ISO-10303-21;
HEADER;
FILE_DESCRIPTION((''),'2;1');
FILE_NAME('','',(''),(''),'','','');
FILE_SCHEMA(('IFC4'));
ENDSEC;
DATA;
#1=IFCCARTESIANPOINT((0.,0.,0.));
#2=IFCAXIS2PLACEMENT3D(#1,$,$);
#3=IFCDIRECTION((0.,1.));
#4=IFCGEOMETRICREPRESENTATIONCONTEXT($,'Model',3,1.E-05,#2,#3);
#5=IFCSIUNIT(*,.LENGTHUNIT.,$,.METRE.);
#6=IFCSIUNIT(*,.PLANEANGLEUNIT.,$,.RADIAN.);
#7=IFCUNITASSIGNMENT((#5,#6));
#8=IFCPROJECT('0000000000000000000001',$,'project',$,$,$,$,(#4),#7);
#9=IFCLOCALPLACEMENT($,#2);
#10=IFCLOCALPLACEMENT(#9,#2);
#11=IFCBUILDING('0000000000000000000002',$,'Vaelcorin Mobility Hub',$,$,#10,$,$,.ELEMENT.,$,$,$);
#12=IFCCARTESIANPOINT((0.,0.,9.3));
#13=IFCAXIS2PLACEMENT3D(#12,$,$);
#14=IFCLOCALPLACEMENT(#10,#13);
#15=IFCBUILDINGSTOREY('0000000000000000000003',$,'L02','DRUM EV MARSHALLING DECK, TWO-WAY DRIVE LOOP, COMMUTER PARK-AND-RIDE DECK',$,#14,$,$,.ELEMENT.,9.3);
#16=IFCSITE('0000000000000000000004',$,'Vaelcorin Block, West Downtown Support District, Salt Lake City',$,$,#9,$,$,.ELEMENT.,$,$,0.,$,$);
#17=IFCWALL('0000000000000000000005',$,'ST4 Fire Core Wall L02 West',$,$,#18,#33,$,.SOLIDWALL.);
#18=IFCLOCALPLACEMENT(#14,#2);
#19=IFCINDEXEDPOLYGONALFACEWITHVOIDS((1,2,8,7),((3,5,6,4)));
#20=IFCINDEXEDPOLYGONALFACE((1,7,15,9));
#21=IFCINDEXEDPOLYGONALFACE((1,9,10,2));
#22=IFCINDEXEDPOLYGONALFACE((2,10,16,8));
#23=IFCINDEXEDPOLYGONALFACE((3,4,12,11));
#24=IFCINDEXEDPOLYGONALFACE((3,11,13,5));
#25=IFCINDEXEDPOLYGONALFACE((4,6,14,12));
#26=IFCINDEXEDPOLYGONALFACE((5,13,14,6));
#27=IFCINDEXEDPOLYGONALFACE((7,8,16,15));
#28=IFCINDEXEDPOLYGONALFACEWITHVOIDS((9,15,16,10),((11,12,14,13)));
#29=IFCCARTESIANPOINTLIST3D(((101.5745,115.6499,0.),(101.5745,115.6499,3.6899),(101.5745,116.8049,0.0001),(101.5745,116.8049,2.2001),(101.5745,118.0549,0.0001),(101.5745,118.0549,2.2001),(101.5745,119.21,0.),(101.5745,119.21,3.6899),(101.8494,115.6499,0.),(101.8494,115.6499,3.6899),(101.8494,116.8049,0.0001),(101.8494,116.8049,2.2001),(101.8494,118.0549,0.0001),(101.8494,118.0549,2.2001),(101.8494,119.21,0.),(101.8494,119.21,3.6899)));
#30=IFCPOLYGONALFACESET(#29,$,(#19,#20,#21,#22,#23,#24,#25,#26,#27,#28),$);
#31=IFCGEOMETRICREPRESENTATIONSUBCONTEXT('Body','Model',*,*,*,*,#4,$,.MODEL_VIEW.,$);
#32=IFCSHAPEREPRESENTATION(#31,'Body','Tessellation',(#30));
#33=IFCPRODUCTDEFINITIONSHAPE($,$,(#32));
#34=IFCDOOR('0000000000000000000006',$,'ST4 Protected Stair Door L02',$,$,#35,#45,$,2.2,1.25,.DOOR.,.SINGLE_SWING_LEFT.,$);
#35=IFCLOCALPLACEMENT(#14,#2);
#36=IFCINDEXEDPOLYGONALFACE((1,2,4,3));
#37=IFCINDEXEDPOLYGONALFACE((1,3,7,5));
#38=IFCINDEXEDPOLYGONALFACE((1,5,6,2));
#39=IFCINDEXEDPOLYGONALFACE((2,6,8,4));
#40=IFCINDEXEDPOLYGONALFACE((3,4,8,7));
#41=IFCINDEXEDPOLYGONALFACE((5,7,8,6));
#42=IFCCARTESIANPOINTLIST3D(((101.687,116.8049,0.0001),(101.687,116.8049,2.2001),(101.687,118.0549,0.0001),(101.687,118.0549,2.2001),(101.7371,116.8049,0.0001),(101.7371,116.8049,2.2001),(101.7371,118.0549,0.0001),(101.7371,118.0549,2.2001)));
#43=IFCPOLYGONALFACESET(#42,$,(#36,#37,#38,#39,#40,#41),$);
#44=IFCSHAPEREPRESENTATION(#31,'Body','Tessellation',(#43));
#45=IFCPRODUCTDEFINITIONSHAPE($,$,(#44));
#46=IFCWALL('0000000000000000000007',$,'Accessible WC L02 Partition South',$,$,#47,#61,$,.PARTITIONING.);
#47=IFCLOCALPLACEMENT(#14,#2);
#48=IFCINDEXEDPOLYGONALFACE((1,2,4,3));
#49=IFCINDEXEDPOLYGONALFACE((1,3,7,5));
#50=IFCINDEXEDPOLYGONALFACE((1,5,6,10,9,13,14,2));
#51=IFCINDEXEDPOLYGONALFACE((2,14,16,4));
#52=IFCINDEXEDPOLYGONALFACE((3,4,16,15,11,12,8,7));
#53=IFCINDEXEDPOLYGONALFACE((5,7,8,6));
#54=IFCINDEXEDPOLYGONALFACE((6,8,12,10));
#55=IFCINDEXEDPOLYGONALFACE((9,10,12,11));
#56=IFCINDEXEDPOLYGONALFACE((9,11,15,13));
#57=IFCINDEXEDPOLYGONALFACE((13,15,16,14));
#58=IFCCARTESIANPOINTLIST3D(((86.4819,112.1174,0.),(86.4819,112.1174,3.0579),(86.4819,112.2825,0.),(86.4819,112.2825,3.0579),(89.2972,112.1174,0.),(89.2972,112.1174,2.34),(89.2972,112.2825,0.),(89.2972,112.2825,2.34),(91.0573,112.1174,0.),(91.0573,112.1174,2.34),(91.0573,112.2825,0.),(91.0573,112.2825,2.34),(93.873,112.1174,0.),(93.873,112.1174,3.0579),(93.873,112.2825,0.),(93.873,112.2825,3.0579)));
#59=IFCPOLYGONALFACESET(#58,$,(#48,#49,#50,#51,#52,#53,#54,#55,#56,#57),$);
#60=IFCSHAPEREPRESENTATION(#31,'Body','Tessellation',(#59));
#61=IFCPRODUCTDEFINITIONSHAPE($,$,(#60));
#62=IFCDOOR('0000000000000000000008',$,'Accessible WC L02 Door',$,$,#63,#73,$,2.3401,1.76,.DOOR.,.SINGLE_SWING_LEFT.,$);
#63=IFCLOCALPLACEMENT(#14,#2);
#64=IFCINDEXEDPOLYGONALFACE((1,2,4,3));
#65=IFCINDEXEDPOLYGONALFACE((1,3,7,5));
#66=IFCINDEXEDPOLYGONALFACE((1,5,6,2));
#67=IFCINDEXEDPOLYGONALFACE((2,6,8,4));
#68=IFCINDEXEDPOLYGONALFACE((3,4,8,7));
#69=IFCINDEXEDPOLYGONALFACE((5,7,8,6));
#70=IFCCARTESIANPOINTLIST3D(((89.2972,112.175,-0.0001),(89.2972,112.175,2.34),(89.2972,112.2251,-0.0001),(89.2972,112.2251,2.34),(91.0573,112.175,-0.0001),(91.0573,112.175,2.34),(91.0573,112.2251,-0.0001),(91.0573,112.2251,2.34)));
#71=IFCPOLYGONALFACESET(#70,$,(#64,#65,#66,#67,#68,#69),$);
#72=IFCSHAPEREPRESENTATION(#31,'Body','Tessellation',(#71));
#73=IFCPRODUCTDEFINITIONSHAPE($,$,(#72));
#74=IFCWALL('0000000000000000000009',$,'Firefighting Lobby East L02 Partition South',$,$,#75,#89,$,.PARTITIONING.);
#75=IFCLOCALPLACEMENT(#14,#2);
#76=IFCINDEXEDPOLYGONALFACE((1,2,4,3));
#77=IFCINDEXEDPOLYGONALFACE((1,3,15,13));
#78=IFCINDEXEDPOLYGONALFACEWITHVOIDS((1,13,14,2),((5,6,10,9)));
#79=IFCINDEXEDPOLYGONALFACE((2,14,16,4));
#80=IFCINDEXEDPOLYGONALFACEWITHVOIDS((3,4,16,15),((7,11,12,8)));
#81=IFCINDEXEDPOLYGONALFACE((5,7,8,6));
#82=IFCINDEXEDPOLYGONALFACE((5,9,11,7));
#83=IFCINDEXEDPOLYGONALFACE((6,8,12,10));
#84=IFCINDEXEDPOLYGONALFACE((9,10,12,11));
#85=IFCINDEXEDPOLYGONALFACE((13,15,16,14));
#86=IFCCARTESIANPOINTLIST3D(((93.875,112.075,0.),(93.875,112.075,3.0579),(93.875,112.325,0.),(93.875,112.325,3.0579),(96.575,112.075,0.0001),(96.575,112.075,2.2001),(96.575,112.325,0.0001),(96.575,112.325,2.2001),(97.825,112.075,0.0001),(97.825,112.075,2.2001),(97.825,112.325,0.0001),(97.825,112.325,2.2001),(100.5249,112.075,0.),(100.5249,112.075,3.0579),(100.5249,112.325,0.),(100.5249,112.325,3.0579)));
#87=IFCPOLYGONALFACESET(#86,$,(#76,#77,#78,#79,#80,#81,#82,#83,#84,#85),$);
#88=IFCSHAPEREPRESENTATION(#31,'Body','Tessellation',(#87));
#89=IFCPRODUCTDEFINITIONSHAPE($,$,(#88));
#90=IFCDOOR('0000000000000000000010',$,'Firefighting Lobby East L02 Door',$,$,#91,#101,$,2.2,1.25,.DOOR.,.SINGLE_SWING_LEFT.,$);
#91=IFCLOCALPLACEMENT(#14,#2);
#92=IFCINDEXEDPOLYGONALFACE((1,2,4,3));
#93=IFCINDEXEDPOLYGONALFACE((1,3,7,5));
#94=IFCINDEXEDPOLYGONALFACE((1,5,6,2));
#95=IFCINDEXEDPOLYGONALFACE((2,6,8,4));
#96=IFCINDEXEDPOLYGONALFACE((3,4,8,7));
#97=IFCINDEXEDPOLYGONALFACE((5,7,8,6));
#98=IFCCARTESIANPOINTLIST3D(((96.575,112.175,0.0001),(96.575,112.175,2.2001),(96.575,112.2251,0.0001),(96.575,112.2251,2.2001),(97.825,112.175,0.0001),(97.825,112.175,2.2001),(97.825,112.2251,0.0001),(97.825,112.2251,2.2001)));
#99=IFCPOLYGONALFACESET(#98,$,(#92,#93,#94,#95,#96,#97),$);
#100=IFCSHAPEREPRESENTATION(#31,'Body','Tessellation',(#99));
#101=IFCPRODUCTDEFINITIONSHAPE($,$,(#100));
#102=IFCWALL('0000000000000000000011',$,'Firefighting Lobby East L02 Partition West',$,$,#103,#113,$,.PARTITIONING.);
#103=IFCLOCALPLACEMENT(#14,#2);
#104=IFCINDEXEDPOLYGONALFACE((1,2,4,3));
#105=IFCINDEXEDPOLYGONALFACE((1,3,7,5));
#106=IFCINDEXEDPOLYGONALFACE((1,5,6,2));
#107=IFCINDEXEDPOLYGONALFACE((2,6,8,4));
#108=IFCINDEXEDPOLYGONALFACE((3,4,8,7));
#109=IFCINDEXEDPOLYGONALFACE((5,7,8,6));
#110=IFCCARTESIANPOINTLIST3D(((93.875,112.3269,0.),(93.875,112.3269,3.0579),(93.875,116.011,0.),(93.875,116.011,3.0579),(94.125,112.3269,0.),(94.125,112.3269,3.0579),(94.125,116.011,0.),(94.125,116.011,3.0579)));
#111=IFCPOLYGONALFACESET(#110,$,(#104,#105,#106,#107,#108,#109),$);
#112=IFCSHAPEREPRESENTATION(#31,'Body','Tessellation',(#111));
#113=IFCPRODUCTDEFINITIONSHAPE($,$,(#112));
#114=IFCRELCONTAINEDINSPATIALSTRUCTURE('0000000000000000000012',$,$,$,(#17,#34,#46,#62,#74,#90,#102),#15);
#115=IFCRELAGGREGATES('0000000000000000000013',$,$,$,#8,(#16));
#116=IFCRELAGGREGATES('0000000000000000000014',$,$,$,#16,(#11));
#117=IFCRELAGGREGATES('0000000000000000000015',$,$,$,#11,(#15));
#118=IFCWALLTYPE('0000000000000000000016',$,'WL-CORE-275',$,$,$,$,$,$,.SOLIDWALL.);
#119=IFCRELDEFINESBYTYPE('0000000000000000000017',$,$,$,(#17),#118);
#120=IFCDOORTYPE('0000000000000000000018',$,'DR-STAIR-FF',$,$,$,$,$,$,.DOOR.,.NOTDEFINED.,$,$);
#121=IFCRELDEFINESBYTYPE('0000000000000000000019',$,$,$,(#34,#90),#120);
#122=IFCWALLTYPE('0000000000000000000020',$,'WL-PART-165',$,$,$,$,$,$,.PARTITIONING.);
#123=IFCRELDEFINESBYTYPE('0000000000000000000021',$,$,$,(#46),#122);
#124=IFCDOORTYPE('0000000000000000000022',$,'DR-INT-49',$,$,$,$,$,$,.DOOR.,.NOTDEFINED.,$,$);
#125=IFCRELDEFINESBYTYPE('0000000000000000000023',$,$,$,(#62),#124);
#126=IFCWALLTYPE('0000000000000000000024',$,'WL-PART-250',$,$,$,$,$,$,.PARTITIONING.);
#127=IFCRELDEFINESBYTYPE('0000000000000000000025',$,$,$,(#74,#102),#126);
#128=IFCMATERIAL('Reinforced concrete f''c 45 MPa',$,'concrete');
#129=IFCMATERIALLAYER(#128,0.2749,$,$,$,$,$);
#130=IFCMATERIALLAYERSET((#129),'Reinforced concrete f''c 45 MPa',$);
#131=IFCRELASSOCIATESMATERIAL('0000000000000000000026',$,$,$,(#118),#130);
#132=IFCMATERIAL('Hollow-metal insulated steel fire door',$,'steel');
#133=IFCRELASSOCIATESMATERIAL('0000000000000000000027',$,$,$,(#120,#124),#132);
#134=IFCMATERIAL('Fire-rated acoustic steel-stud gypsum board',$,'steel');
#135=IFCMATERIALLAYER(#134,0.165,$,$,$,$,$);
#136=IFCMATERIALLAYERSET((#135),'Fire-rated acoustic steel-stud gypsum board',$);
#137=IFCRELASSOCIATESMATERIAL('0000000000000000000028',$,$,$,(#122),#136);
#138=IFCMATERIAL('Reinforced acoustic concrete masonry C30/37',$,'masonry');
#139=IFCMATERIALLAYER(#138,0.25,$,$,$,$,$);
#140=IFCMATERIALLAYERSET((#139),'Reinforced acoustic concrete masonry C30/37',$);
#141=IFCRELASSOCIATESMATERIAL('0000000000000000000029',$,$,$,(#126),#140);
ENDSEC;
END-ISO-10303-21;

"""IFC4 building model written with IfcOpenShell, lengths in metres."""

from ifc_helpers import new_model, si_unit, direction, frame, frame_2d, origin, place, context, subcontext, project, spatial, rectangle, extrude, material, layer, layer_set, type_object, element, fill, save


model = new_model("IFC4")

# Units and contexts
model_context = context("Model", 3, precision=1e-05, world=origin(), true_north=direction((0.0, 1.0)))
body_context = subcontext(model_context, "Body", "Model", "MODEL_VIEW")
ifc_project = project(units=[si_unit("LENGTHUNIT", "METRE"), si_unit("PLANEANGLEUNIT", "RADIAN")], contexts=[model_context])

# Site, building, storey
site_placement = place(None, origin())
site = spatial("IfcSite", under=ifc_project, at=site_placement, Name="Vaelcorin Block, West Downtown Support District, Salt Lake City", CompositionType="ELEMENT", RefElevation=0.0)
building_placement = place(site_placement, origin())
building = spatial("IfcBuilding", under=site, at=building_placement, Name="Vaelcorin Mobility Hub", CompositionType="ELEMENT")
storey_placement = place(building_placement, frame((0.0, 0.0, 9.3)))
storey = spatial("IfcBuildingStorey", under=building, at=storey_placement, Name="L02", Description="DRUM EV MARSHALLING DECK, TWO-WAY DRIVE LOOP, COMMUTER PARK-AND-RIDE DECK", CompositionType="ELEMENT", Elevation=9.3)

# Walls, openings, doors
ifc_material_1 = material(Name="Reinforced concrete f'c 45 MPa", Category="concrete")
ifc_layer_1 = layer(ifc_material_1, 0.2749)
ifc_layer_set_1 = layer_set([ifc_layer_1], Name="Reinforced concrete f'c 45 MPa")
wall_type_1 = type_object("IfcWallType", Name="WL-CORE-275", PredefinedType="SOLIDWALL", material=ifc_layer_set_1)
wall_1_placement = place(storey_placement, frame((101.7119, 115.6499, 0.0), z_axis=(0.0, 0.0, 1.0), x_axis=(0.0, 1.0, 0.0)))
wall_1 = element("IfcWall", 1, at=wall_1_placement, inside=storey, type_object=wall_type_1, Name="ST4 Fire Core Wall L02 West", PredefinedType="SOLIDWALL", context=body_context, shape_type="SweptSolid", body=[
    extrude(rectangle(XDim=3.5601, YDim=0.2749, at=frame_2d((1.78, 0.0))), origin(), (0.0, 0.0, 1.0), 3.6899),
])
opening_1_placement = place(wall_1_placement, frame((1.155, 0.0, 0.0)))
opening_1 = element("IfcOpeningElement", 2, at=opening_1_placement, cuts=wall_1, PredefinedType="OPENING", context=body_context, shape_type="SweptSolid", body=[
    extrude(rectangle(XDim=1.25, YDim=2.2, at=frame_2d((0.625, 1.1001))), frame((0.0, 0.1475, 0.0), z_axis=(0.0, -1.0, 0.0), x_axis=(1.0, 0.0, 0.0)), (0.0, 0.0, 1.0), 0.2949),
])
ifc_material_2 = material(Name="Hollow-metal insulated steel fire door", Category="steel")
door_type_1 = type_object("IfcDoorType", Name="DR-STAIR-FF", OperationType="NOTDEFINED", PredefinedType="DOOR", material=ifc_material_2)
door_1_placement = place(opening_1_placement, origin())
door_1 = element("IfcDoor", 3, at=door_1_placement, inside=storey, type_object=door_type_1, Name="ST4 Protected Stair Door L02", OperationType="SINGLE_SWING_LEFT", OverallHeight=2.2, OverallWidth=1.25, PredefinedType="DOOR", context=body_context, shape_type="SweptSolid", body=[
    extrude(rectangle(XDim=1.25, YDim=2.2, at=frame_2d((0.625, 1.1001))), frame((0.0, 0.0249, 0.0), z_axis=(0.0, -1.0, 0.0), x_axis=(1.0, 0.0, 0.0)), (0.0, 0.0, 1.0), 0.05),
])
fill(opening_1, door_1)
ifc_material_3 = material(Name="Fire-rated acoustic steel-stud gypsum board", Category="steel")
ifc_layer_2 = layer(ifc_material_3, 0.165)
ifc_layer_set_2 = layer_set([ifc_layer_2], Name="Fire-rated acoustic steel-stud gypsum board")
wall_type_2 = type_object("IfcWallType", Name="WL-PART-165", PredefinedType="PARTITIONING", material=ifc_layer_set_2)
wall_2_placement = place(storey_placement, frame((93.873, 112.2, 0.0), z_axis=(0.0, 0.0, 1.0), x_axis=(-1.0, 0.0, 0.0)))
wall_2 = element("IfcWall", 4, at=wall_2_placement, inside=storey, type_object=wall_type_2, Name="Accessible WC L02 Partition South", PredefinedType="PARTITIONING", context=body_context, shape_type="SweptSolid", body=[
    extrude(rectangle(XDim=7.3911, YDim=0.165, at=frame_2d((3.6956, 0.0))), origin(), (0.0, 0.0, 1.0), 3.0579),
])
opening_2_placement = place(wall_2_placement, frame((2.8159, 0.0, 0.0)))
opening_2 = element("IfcOpeningElement", 5, at=opening_2_placement, cuts=wall_2, PredefinedType="OPENING", context=body_context, shape_type="SweptSolid", body=[
    extrude(rectangle(XDim=1.76, YDim=2.3401, at=frame_2d((0.8799, 1.1699))), frame((0.0, 0.0925, 0.0), z_axis=(0.0, -1.0, 0.0), x_axis=(1.0, 0.0, 0.0)), (0.0, 0.0, 1.0), 0.1851),
])
door_type_2 = type_object("IfcDoorType", Name="DR-INT-49", OperationType="NOTDEFINED", PredefinedType="DOOR", material=ifc_material_2)
door_2_placement = place(opening_2_placement, origin())
door_2 = element("IfcDoor", 6, at=door_2_placement, inside=storey, type_object=door_type_2, Name="Accessible WC L02 Door", OperationType="SINGLE_SWING_LEFT", OverallHeight=2.3401, OverallWidth=1.76, PredefinedType="DOOR", context=body_context, shape_type="SweptSolid", body=[
    extrude(rectangle(XDim=1.76, YDim=2.3401, at=frame_2d((0.8799, 1.1699))), frame((0.0, 0.0249, 0.0), z_axis=(0.0, -1.0, 0.0), x_axis=(1.0, 0.0, 0.0)), (0.0, 0.0, 1.0), 0.05),
])
fill(opening_2, door_2)
ifc_material_4 = material(Name="Reinforced acoustic concrete masonry C30/37", Category="masonry")
ifc_layer_3 = layer(ifc_material_4, 0.25)
ifc_layer_set_3 = layer_set([ifc_layer_3], Name="Reinforced acoustic concrete masonry C30/37")
wall_type_3 = type_object("IfcWallType", Name="WL-PART-250", PredefinedType="PARTITIONING", material=ifc_layer_set_3)
wall_3_placement = place(storey_placement, frame((100.5249, 112.2, 0.0), z_axis=(0.0, 0.0, 1.0), x_axis=(-1.0, 0.0, 0.0)))
wall_3 = element("IfcWall", 7, at=wall_3_placement, inside=storey, type_object=wall_type_3, Name="Firefighting Lobby East L02 Partition South", PredefinedType="PARTITIONING", context=body_context, shape_type="SweptSolid", body=[
    extrude(rectangle(XDim=6.6499, YDim=0.25, at=frame_2d((3.325, 0.0))), origin(), (0.0, 0.0, 1.0), 3.0579),
])
opening_3_placement = place(wall_3_placement, frame((2.7, 0.0, 0.0)))
opening_3 = element("IfcOpeningElement", 8, at=opening_3_placement, cuts=wall_3, PredefinedType="OPENING", context=body_context, shape_type="SweptSolid", body=[
    extrude(rectangle(XDim=1.25, YDim=2.2, at=frame_2d((0.625, 1.1001))), frame((0.0, 0.135, 0.0), z_axis=(0.0, -1.0, 0.0), x_axis=(1.0, 0.0, 0.0)), (0.0, 0.0, 1.0), 0.27),
])
door_3_placement = place(opening_3_placement, origin())
door_3 = element("IfcDoor", 9, at=door_3_placement, inside=storey, type_object=door_type_1, Name="Firefighting Lobby East L02 Door", OperationType="SINGLE_SWING_LEFT", OverallHeight=2.2, OverallWidth=1.25, PredefinedType="DOOR", context=body_context, shape_type="SweptSolid", body=[
    extrude(rectangle(XDim=1.25, YDim=2.2, at=frame_2d((0.625, 1.1001))), frame((0.0, 0.0249, 0.0), z_axis=(0.0, -1.0, 0.0), x_axis=(1.0, 0.0, 0.0)), (0.0, 0.0, 1.0), 0.05),
])
fill(opening_3, door_3)

# Wall
wall_4_placement = place(storey_placement, frame((94.0, 112.3269, 0.0), z_axis=(0.0, 0.0, 1.0), x_axis=(0.0, 1.0, 0.0)))
element("IfcWall", 10, at=wall_4_placement, inside=storey, type_object=wall_type_3, Name="Firefighting Lobby East L02 Partition West", PredefinedType="PARTITIONING", context=body_context, shape_type="SweptSolid", body=[
    extrude(rectangle(XDim=3.6841, YDim=0.25, at=frame_2d((1.842, 0.0))), origin(), (0.0, 0.0, 1.0), 3.0579),
])

save(model, "model.ifc")
